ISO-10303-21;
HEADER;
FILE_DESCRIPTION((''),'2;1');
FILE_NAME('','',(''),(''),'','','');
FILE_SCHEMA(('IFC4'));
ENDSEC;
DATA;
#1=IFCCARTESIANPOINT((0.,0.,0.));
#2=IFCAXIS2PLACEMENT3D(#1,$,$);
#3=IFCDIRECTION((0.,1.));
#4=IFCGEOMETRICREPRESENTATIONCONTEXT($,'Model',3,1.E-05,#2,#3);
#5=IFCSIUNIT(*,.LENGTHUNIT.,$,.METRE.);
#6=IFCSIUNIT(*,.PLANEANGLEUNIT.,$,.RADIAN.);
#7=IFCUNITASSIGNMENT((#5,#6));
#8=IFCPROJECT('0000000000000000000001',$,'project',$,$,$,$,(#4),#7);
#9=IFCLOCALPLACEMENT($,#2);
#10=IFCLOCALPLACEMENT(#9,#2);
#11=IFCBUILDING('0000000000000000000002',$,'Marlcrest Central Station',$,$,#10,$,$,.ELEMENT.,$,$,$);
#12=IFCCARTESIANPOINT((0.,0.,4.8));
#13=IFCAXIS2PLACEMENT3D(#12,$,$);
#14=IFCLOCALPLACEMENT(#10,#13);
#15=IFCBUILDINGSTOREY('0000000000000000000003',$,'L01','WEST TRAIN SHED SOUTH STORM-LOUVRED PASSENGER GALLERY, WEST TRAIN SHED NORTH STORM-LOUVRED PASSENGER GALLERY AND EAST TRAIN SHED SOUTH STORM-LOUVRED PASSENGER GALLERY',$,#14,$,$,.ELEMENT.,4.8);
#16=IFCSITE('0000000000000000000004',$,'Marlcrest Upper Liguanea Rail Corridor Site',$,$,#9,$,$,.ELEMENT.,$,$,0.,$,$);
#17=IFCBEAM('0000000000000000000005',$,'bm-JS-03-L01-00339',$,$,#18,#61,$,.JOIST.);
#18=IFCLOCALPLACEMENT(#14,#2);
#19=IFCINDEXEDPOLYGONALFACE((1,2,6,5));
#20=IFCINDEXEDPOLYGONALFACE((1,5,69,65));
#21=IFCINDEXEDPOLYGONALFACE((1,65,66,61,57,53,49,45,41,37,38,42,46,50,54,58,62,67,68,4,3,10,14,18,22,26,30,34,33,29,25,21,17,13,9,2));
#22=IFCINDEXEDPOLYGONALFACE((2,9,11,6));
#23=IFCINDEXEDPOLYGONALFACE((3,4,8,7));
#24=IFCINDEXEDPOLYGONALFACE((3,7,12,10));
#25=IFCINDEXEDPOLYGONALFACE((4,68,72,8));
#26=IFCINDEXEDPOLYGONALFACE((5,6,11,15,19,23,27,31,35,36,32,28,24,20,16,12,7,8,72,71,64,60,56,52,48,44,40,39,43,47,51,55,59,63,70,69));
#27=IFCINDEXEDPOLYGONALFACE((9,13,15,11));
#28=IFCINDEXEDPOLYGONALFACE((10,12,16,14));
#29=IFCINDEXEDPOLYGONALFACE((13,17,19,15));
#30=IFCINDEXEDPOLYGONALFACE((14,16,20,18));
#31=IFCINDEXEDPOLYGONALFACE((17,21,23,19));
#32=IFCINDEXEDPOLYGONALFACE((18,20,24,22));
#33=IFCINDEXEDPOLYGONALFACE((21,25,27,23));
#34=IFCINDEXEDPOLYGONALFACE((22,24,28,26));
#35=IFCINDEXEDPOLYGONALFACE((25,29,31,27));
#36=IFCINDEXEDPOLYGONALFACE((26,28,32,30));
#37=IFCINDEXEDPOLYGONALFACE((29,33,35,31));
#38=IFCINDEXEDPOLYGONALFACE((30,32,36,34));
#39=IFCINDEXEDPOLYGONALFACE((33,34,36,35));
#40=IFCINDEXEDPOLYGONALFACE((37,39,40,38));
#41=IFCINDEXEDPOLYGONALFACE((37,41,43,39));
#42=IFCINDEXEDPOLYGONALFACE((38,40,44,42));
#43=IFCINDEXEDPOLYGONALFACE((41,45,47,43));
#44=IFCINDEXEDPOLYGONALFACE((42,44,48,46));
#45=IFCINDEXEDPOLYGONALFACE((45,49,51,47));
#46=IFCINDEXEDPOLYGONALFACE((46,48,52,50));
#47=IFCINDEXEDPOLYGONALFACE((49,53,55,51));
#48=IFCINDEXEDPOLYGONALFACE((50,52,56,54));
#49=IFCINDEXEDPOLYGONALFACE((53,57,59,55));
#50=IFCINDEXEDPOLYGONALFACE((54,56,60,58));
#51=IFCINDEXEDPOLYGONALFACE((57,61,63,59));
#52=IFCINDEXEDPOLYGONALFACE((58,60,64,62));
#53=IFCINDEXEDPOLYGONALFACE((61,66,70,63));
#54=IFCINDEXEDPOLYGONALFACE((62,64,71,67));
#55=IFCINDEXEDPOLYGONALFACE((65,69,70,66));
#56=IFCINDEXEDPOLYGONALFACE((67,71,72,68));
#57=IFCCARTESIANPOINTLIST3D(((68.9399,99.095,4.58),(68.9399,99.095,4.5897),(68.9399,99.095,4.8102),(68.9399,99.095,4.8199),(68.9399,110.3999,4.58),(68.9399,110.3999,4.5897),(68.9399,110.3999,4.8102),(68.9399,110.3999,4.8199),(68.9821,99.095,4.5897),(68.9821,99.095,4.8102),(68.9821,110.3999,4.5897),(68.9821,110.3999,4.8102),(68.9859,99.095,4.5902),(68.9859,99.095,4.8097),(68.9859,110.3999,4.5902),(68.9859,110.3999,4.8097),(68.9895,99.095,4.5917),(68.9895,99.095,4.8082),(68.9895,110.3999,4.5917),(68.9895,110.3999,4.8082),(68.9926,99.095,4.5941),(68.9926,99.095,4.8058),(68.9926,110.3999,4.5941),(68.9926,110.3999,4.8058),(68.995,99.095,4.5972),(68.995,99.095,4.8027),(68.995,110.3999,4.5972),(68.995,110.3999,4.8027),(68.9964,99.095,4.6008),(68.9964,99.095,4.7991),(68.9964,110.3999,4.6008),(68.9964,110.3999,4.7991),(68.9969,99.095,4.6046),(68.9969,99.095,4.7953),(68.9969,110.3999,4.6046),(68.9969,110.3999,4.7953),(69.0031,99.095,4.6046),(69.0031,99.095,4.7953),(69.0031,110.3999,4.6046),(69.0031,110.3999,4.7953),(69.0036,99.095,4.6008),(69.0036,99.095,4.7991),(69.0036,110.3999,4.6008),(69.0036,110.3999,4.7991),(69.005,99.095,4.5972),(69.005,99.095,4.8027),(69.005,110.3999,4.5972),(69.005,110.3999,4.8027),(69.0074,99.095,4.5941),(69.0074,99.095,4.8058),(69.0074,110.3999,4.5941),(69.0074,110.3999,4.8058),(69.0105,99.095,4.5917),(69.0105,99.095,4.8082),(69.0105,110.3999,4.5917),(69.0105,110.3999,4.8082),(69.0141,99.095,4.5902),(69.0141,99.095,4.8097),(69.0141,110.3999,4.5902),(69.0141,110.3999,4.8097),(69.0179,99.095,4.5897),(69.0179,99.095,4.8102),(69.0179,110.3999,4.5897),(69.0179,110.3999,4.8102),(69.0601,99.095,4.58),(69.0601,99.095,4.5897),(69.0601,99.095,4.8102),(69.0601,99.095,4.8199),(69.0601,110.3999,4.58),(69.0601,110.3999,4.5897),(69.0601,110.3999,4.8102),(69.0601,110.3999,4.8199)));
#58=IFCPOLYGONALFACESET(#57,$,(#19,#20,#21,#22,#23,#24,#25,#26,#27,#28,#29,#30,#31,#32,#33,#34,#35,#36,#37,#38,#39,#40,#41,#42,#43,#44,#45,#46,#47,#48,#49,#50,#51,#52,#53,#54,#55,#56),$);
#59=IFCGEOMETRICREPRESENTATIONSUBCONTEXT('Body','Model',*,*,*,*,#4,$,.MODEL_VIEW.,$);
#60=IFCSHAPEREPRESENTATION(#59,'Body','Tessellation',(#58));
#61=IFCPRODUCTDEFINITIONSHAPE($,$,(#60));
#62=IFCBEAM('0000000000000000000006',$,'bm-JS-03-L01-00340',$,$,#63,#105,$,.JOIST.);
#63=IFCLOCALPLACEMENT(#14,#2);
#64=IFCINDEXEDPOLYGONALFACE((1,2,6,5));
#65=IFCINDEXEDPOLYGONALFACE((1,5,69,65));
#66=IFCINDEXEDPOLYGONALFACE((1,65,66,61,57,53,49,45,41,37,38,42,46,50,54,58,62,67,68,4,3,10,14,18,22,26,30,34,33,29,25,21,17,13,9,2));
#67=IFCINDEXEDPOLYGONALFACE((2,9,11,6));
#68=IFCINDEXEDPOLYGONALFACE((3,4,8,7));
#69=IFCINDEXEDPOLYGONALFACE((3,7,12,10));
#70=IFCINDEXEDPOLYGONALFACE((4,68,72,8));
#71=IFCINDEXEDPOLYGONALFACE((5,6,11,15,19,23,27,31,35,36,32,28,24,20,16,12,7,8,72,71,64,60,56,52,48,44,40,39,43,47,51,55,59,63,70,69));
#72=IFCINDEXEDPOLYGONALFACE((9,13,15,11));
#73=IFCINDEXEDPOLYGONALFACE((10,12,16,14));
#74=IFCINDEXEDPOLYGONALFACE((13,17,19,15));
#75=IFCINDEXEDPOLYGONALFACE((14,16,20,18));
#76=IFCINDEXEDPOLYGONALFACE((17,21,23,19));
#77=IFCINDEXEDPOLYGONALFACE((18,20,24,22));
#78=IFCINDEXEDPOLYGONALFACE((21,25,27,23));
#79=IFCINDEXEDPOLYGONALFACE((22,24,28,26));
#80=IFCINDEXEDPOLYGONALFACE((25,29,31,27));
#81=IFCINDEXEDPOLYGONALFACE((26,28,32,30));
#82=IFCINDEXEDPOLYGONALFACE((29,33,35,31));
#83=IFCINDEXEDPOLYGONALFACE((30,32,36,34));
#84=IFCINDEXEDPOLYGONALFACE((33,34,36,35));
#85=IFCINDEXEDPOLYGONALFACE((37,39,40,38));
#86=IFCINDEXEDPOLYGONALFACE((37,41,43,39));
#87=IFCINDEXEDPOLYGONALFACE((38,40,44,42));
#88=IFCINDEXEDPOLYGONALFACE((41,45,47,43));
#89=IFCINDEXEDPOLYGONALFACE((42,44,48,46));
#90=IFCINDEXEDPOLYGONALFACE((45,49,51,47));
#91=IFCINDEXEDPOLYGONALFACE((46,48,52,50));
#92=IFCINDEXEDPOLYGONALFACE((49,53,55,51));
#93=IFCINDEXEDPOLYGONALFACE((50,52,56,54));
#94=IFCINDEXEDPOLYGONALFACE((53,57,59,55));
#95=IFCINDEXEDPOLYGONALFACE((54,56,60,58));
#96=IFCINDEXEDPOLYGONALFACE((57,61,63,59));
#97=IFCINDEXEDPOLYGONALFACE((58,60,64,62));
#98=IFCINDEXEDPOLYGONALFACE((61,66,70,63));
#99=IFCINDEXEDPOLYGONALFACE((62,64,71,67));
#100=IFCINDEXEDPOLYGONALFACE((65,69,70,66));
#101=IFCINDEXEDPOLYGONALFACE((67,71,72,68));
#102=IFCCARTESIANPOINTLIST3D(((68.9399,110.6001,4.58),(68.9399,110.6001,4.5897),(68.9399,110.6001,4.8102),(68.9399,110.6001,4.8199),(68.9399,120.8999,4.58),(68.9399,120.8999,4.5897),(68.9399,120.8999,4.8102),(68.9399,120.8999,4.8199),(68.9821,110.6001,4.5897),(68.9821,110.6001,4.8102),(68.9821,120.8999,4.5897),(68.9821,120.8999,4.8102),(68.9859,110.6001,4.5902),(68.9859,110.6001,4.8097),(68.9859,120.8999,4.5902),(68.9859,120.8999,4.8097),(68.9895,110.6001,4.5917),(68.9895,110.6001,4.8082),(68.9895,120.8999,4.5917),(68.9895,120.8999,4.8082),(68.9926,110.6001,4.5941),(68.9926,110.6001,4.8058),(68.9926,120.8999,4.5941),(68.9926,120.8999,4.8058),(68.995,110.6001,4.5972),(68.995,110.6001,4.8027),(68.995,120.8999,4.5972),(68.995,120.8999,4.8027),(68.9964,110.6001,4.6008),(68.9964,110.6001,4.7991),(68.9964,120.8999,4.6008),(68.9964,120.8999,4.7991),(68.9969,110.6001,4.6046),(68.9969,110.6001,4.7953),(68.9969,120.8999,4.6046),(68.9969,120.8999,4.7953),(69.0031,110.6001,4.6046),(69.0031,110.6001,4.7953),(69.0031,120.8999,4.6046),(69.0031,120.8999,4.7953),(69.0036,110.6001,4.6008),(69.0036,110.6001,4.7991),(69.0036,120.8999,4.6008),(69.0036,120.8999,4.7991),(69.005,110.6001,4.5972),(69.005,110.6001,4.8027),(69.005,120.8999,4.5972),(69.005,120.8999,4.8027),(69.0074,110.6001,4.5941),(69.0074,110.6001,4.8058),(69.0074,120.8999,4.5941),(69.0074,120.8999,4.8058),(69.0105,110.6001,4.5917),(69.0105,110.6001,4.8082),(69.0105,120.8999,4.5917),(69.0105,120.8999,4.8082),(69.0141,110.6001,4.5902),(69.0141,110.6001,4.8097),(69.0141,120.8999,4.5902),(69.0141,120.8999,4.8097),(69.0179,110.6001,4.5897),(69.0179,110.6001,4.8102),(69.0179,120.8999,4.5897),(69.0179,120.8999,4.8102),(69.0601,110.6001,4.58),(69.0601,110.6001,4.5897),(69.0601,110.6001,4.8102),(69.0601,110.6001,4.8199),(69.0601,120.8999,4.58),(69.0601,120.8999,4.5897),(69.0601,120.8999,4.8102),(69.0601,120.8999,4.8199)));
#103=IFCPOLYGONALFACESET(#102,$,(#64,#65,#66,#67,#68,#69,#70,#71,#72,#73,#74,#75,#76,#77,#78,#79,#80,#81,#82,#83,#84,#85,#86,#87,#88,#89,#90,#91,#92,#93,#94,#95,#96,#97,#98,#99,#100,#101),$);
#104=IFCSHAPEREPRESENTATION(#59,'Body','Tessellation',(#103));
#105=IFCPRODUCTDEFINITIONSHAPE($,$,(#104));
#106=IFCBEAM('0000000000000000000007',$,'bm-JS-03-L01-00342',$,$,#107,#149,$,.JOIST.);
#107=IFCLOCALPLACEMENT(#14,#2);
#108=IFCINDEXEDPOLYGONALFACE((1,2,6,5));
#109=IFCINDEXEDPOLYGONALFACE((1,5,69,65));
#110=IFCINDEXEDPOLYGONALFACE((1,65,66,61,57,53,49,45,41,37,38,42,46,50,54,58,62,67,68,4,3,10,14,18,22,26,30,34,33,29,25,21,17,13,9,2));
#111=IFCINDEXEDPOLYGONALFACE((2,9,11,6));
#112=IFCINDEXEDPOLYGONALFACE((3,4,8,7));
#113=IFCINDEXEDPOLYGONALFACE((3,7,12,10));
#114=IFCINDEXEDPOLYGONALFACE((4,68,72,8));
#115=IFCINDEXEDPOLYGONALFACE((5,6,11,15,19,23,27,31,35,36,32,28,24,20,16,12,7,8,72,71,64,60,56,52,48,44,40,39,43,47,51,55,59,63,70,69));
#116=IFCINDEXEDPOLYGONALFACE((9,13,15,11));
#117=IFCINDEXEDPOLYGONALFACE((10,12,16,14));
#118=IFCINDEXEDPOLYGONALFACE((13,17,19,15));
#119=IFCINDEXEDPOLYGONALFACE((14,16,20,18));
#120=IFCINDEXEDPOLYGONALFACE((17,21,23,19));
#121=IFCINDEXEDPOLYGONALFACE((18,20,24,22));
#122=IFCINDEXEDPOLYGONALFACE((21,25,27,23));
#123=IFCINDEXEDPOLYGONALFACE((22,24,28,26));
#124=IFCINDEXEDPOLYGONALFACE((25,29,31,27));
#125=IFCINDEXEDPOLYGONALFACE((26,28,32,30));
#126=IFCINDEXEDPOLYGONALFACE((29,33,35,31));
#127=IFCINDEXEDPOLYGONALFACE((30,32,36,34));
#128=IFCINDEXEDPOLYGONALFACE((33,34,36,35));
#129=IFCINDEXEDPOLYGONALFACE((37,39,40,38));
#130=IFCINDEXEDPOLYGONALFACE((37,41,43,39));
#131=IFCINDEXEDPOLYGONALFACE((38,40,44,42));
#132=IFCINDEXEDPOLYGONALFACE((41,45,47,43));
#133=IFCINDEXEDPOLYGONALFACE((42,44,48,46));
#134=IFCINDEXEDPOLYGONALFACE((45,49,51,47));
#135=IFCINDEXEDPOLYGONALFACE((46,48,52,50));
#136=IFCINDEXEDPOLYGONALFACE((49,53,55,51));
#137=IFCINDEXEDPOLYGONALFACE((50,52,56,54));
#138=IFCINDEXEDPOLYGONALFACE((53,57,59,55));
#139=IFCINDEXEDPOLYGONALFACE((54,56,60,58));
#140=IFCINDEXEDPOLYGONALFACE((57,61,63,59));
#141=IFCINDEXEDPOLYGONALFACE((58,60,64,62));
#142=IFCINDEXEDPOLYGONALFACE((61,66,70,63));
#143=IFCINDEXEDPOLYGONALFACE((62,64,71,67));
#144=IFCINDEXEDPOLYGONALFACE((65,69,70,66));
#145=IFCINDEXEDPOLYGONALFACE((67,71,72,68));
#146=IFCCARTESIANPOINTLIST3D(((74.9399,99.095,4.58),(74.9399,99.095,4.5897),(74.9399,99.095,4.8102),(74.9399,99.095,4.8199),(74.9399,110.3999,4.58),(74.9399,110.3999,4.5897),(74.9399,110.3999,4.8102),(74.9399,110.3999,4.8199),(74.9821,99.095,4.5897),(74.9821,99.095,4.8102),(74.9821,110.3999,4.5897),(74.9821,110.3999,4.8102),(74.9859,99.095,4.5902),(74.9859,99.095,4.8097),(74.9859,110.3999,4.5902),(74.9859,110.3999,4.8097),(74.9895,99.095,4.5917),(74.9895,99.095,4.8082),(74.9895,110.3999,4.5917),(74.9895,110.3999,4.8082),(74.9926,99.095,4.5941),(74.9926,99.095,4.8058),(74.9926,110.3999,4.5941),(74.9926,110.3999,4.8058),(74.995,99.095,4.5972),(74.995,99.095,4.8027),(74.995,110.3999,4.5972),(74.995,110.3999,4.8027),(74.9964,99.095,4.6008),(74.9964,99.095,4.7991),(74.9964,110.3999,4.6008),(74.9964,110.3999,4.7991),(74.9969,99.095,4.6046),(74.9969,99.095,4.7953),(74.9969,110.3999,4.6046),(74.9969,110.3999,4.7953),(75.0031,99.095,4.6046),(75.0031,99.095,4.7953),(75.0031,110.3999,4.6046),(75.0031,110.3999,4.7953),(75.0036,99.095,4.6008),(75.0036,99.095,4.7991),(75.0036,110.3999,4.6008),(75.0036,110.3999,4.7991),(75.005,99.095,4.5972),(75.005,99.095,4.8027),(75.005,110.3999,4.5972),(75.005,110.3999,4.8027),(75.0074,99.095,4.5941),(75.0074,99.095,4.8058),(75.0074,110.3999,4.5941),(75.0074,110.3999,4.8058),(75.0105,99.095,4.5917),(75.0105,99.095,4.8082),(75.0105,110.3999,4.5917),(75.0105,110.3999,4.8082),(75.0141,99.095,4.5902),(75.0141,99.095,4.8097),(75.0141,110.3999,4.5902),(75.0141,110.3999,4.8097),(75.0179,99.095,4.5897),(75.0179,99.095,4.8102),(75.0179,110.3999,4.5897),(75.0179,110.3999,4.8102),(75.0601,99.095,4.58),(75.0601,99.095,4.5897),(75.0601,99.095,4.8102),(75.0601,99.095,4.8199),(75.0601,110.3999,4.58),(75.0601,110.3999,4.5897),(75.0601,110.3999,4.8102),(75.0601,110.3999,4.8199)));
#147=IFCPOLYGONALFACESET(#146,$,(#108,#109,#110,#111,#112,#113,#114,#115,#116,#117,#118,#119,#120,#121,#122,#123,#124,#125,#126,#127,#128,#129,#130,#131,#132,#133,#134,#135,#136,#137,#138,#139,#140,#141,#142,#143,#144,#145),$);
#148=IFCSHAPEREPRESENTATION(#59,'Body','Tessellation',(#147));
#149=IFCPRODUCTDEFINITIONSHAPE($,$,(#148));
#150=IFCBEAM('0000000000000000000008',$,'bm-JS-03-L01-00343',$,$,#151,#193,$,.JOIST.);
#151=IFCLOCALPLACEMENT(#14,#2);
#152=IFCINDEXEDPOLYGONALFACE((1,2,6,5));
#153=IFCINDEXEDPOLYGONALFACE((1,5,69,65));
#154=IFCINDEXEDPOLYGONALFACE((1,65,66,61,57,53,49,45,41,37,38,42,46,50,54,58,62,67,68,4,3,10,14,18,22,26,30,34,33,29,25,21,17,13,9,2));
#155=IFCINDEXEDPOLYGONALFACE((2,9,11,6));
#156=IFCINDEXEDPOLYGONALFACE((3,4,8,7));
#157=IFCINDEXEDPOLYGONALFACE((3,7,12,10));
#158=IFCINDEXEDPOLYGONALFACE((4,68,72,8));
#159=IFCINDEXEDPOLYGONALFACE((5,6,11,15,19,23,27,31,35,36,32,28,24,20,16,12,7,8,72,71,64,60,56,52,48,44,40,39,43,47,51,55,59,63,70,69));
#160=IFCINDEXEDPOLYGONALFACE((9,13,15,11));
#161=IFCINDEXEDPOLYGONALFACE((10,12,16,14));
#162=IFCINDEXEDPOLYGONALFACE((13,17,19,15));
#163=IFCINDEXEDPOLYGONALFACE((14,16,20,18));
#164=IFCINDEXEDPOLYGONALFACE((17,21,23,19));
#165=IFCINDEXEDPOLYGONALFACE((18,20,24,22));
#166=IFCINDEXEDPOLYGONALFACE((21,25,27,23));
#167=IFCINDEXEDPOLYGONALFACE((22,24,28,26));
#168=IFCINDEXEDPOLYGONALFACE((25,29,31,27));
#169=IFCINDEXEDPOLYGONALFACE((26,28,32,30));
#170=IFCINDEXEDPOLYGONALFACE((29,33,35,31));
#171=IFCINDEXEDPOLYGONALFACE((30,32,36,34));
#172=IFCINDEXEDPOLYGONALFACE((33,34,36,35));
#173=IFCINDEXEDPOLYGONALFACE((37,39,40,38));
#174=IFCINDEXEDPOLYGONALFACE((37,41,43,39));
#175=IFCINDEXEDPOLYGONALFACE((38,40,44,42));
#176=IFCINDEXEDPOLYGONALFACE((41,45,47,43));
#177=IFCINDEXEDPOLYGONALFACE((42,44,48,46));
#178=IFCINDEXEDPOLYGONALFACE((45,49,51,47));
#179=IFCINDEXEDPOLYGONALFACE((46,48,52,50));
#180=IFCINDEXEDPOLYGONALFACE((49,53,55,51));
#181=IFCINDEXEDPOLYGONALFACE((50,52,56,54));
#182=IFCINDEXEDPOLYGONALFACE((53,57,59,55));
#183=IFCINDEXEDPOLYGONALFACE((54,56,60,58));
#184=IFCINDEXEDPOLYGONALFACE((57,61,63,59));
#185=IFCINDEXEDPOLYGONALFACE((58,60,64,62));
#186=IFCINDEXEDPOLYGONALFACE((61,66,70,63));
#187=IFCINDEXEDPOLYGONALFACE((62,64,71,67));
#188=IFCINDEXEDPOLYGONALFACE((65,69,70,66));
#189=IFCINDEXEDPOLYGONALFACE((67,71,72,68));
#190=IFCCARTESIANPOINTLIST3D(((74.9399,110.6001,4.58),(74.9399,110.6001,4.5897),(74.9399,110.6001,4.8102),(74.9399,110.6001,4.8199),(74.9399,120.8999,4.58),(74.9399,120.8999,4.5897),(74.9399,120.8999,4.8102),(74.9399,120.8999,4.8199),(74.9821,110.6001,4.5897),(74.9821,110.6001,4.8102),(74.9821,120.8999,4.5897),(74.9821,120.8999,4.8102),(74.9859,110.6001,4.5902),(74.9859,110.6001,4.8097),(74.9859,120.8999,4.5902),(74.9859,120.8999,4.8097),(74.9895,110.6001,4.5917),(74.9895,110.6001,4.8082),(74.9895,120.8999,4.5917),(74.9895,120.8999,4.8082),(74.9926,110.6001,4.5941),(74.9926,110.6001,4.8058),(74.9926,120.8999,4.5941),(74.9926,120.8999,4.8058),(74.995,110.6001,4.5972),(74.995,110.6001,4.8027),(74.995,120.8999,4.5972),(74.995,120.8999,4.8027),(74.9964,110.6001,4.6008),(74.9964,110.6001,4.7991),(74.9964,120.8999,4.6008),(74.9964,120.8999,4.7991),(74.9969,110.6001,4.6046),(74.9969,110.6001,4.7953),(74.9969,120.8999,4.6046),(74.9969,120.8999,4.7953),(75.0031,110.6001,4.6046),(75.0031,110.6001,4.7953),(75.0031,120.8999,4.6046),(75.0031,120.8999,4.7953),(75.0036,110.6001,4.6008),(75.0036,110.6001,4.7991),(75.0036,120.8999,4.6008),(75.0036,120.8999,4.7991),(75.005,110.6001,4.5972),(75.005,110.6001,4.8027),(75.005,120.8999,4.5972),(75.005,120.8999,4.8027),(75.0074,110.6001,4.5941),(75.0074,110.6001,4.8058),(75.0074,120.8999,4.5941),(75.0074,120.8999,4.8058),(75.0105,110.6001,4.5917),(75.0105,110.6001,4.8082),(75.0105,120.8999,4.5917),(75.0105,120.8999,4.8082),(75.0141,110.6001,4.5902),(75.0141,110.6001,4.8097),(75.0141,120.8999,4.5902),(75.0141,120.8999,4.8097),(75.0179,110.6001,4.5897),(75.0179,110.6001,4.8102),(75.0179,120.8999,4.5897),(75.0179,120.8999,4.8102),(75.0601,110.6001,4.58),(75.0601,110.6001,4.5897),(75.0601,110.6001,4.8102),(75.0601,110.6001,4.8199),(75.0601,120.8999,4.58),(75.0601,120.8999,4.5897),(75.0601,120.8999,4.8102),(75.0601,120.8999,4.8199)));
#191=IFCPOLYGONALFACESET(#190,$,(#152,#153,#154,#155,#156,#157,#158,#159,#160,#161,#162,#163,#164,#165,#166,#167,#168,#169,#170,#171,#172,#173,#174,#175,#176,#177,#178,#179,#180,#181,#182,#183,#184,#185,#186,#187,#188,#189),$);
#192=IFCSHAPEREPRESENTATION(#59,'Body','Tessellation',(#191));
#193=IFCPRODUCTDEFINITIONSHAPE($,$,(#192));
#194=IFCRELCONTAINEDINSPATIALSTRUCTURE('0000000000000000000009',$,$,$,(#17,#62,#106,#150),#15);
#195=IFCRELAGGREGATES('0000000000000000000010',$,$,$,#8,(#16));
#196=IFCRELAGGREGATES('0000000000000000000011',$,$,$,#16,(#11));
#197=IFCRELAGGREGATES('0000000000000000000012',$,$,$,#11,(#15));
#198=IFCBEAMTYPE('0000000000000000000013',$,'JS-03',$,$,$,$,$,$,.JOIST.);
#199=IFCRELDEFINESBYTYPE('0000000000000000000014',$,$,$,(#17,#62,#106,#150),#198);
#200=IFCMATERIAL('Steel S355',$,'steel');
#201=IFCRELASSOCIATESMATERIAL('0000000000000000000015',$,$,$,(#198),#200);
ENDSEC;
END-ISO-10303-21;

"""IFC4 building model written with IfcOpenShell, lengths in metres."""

from ifc_helpers import new_model, si_unit, direction, frame, origin, origin_2d, place, context, subcontext, project, spatial, i_section, extrude, material, material_profile, profile_set, type_object, element, save


model = new_model("IFC4")

# Units and contexts
model_context = context("Model", 3, precision=1e-05, world=origin(), true_north=direction((0.0, 1.0)))
body_context = subcontext(model_context, "Body", "Model", "MODEL_VIEW")
ifc_project = project(units=[si_unit("LENGTHUNIT", "METRE"), si_unit("PLANEANGLEUNIT", "RADIAN")], contexts=[model_context])

# Site, building, storey
site_placement = place(None, origin())
site = spatial("IfcSite", under=ifc_project, at=site_placement, Name="Marlcrest Upper Liguanea Rail Corridor Site", CompositionType="ELEMENT", RefElevation=0.0)
building_placement = place(site_placement, origin())
building = spatial("IfcBuilding", under=site, at=building_placement, Name="Marlcrest Central Station", CompositionType="ELEMENT")
storey_placement = place(building_placement, frame((0.0, 0.0, 4.8)))
storey = spatial("IfcBuildingStorey", under=building, at=storey_placement, Name="L01", Description="WEST TRAIN SHED SOUTH STORM-LOUVRED PASSENGER GALLERY, WEST TRAIN SHED NORTH STORM-LOUVRED PASSENGER GALLERY AND EAST TRAIN SHED SOUTH STORM-LOUVRED PASSENGER GALLERY", CompositionType="ELEMENT", Elevation=4.8)

# Shared definitions
ifc_material_1 = material(Name="Steel S355", Category="steel")

# Beams
ifc_material_profile_1 = material_profile(ifc_material_1, i_section(OverallWidth=0.1201, OverallDepth=0.24, WebThickness=0.0061, FlangeThickness=0.0098, FilletRadius=0.0149, at=origin_2d()), Name="IPE 240")
ifc_profile_set_1 = profile_set([ifc_material_profile_1], Name="Steel S355")
beam_type_1 = type_object("IfcBeamType", Name="JS-03", PredefinedType="JOIST", material=ifc_profile_set_1)
beam_1_placement = place(storey_placement, frame((69.0, 99.095, 4.7), z_axis=(0.0, 1.0, 0.0), x_axis=(-1.0, 0.0, 0.0)))
element("IfcBeam", 1, at=beam_1_placement, inside=storey, type_object=beam_type_1, Name="bm-JS-03-L01-00339", PredefinedType="JOIST", context=body_context, shape_type="SweptSolid", body=[
    extrude(i_section(OverallWidth=0.1201, OverallDepth=0.24, WebThickness=0.0061, FlangeThickness=0.0098, FilletRadius=0.0149, at=origin_2d()), origin(), (0.0, 0.0, 1.0), 11.3049),
])
beam_2_placement = place(storey_placement, frame((69.0, 110.6001, 4.7), z_axis=(0.0, 1.0, 0.0), x_axis=(-1.0, 0.0, 0.0)))
element("IfcBeam", 2, at=beam_2_placement, inside=storey, type_object=beam_type_1, Name="bm-JS-03-L01-00340", PredefinedType="JOIST", context=body_context, shape_type="SweptSolid", body=[
    extrude(i_section(OverallWidth=0.1201, OverallDepth=0.24, WebThickness=0.0061, FlangeThickness=0.0098, FilletRadius=0.0149, at=origin_2d()), origin(), (0.0, 0.0, 1.0), 10.2998),
])
beam_3_placement = place(storey_placement, frame((75.0, 99.095, 4.7), z_axis=(0.0, 1.0, 0.0), x_axis=(-1.0, 0.0, 0.0)))
element("IfcBeam", 3, at=beam_3_placement, inside=storey, type_object=beam_type_1, Name="bm-JS-03-L01-00342", PredefinedType="JOIST", context=body_context, shape_type="SweptSolid", body=[
    extrude(i_section(OverallWidth=0.1201, OverallDepth=0.24, WebThickness=0.0061, FlangeThickness=0.0098, FilletRadius=0.0149, at=origin_2d()), origin(), (0.0, 0.0, 1.0), 11.3049),
])
beam_4_placement = place(storey_placement, frame((75.0, 110.6001, 4.7), z_axis=(0.0, 1.0, 0.0), x_axis=(-1.0, 0.0, 0.0)))
element("IfcBeam", 4, at=beam_4_placement, inside=storey, type_object=beam_type_1, Name="bm-JS-03-L01-00343", PredefinedType="JOIST", context=body_context, shape_type="SweptSolid", body=[
    extrude(i_section(OverallWidth=0.1201, OverallDepth=0.24, WebThickness=0.0061, FlangeThickness=0.0098, FilletRadius=0.0149, at=origin_2d()), origin(), (0.0, 0.0, 1.0), 10.2998),
])

save(model, "model.ifc")
